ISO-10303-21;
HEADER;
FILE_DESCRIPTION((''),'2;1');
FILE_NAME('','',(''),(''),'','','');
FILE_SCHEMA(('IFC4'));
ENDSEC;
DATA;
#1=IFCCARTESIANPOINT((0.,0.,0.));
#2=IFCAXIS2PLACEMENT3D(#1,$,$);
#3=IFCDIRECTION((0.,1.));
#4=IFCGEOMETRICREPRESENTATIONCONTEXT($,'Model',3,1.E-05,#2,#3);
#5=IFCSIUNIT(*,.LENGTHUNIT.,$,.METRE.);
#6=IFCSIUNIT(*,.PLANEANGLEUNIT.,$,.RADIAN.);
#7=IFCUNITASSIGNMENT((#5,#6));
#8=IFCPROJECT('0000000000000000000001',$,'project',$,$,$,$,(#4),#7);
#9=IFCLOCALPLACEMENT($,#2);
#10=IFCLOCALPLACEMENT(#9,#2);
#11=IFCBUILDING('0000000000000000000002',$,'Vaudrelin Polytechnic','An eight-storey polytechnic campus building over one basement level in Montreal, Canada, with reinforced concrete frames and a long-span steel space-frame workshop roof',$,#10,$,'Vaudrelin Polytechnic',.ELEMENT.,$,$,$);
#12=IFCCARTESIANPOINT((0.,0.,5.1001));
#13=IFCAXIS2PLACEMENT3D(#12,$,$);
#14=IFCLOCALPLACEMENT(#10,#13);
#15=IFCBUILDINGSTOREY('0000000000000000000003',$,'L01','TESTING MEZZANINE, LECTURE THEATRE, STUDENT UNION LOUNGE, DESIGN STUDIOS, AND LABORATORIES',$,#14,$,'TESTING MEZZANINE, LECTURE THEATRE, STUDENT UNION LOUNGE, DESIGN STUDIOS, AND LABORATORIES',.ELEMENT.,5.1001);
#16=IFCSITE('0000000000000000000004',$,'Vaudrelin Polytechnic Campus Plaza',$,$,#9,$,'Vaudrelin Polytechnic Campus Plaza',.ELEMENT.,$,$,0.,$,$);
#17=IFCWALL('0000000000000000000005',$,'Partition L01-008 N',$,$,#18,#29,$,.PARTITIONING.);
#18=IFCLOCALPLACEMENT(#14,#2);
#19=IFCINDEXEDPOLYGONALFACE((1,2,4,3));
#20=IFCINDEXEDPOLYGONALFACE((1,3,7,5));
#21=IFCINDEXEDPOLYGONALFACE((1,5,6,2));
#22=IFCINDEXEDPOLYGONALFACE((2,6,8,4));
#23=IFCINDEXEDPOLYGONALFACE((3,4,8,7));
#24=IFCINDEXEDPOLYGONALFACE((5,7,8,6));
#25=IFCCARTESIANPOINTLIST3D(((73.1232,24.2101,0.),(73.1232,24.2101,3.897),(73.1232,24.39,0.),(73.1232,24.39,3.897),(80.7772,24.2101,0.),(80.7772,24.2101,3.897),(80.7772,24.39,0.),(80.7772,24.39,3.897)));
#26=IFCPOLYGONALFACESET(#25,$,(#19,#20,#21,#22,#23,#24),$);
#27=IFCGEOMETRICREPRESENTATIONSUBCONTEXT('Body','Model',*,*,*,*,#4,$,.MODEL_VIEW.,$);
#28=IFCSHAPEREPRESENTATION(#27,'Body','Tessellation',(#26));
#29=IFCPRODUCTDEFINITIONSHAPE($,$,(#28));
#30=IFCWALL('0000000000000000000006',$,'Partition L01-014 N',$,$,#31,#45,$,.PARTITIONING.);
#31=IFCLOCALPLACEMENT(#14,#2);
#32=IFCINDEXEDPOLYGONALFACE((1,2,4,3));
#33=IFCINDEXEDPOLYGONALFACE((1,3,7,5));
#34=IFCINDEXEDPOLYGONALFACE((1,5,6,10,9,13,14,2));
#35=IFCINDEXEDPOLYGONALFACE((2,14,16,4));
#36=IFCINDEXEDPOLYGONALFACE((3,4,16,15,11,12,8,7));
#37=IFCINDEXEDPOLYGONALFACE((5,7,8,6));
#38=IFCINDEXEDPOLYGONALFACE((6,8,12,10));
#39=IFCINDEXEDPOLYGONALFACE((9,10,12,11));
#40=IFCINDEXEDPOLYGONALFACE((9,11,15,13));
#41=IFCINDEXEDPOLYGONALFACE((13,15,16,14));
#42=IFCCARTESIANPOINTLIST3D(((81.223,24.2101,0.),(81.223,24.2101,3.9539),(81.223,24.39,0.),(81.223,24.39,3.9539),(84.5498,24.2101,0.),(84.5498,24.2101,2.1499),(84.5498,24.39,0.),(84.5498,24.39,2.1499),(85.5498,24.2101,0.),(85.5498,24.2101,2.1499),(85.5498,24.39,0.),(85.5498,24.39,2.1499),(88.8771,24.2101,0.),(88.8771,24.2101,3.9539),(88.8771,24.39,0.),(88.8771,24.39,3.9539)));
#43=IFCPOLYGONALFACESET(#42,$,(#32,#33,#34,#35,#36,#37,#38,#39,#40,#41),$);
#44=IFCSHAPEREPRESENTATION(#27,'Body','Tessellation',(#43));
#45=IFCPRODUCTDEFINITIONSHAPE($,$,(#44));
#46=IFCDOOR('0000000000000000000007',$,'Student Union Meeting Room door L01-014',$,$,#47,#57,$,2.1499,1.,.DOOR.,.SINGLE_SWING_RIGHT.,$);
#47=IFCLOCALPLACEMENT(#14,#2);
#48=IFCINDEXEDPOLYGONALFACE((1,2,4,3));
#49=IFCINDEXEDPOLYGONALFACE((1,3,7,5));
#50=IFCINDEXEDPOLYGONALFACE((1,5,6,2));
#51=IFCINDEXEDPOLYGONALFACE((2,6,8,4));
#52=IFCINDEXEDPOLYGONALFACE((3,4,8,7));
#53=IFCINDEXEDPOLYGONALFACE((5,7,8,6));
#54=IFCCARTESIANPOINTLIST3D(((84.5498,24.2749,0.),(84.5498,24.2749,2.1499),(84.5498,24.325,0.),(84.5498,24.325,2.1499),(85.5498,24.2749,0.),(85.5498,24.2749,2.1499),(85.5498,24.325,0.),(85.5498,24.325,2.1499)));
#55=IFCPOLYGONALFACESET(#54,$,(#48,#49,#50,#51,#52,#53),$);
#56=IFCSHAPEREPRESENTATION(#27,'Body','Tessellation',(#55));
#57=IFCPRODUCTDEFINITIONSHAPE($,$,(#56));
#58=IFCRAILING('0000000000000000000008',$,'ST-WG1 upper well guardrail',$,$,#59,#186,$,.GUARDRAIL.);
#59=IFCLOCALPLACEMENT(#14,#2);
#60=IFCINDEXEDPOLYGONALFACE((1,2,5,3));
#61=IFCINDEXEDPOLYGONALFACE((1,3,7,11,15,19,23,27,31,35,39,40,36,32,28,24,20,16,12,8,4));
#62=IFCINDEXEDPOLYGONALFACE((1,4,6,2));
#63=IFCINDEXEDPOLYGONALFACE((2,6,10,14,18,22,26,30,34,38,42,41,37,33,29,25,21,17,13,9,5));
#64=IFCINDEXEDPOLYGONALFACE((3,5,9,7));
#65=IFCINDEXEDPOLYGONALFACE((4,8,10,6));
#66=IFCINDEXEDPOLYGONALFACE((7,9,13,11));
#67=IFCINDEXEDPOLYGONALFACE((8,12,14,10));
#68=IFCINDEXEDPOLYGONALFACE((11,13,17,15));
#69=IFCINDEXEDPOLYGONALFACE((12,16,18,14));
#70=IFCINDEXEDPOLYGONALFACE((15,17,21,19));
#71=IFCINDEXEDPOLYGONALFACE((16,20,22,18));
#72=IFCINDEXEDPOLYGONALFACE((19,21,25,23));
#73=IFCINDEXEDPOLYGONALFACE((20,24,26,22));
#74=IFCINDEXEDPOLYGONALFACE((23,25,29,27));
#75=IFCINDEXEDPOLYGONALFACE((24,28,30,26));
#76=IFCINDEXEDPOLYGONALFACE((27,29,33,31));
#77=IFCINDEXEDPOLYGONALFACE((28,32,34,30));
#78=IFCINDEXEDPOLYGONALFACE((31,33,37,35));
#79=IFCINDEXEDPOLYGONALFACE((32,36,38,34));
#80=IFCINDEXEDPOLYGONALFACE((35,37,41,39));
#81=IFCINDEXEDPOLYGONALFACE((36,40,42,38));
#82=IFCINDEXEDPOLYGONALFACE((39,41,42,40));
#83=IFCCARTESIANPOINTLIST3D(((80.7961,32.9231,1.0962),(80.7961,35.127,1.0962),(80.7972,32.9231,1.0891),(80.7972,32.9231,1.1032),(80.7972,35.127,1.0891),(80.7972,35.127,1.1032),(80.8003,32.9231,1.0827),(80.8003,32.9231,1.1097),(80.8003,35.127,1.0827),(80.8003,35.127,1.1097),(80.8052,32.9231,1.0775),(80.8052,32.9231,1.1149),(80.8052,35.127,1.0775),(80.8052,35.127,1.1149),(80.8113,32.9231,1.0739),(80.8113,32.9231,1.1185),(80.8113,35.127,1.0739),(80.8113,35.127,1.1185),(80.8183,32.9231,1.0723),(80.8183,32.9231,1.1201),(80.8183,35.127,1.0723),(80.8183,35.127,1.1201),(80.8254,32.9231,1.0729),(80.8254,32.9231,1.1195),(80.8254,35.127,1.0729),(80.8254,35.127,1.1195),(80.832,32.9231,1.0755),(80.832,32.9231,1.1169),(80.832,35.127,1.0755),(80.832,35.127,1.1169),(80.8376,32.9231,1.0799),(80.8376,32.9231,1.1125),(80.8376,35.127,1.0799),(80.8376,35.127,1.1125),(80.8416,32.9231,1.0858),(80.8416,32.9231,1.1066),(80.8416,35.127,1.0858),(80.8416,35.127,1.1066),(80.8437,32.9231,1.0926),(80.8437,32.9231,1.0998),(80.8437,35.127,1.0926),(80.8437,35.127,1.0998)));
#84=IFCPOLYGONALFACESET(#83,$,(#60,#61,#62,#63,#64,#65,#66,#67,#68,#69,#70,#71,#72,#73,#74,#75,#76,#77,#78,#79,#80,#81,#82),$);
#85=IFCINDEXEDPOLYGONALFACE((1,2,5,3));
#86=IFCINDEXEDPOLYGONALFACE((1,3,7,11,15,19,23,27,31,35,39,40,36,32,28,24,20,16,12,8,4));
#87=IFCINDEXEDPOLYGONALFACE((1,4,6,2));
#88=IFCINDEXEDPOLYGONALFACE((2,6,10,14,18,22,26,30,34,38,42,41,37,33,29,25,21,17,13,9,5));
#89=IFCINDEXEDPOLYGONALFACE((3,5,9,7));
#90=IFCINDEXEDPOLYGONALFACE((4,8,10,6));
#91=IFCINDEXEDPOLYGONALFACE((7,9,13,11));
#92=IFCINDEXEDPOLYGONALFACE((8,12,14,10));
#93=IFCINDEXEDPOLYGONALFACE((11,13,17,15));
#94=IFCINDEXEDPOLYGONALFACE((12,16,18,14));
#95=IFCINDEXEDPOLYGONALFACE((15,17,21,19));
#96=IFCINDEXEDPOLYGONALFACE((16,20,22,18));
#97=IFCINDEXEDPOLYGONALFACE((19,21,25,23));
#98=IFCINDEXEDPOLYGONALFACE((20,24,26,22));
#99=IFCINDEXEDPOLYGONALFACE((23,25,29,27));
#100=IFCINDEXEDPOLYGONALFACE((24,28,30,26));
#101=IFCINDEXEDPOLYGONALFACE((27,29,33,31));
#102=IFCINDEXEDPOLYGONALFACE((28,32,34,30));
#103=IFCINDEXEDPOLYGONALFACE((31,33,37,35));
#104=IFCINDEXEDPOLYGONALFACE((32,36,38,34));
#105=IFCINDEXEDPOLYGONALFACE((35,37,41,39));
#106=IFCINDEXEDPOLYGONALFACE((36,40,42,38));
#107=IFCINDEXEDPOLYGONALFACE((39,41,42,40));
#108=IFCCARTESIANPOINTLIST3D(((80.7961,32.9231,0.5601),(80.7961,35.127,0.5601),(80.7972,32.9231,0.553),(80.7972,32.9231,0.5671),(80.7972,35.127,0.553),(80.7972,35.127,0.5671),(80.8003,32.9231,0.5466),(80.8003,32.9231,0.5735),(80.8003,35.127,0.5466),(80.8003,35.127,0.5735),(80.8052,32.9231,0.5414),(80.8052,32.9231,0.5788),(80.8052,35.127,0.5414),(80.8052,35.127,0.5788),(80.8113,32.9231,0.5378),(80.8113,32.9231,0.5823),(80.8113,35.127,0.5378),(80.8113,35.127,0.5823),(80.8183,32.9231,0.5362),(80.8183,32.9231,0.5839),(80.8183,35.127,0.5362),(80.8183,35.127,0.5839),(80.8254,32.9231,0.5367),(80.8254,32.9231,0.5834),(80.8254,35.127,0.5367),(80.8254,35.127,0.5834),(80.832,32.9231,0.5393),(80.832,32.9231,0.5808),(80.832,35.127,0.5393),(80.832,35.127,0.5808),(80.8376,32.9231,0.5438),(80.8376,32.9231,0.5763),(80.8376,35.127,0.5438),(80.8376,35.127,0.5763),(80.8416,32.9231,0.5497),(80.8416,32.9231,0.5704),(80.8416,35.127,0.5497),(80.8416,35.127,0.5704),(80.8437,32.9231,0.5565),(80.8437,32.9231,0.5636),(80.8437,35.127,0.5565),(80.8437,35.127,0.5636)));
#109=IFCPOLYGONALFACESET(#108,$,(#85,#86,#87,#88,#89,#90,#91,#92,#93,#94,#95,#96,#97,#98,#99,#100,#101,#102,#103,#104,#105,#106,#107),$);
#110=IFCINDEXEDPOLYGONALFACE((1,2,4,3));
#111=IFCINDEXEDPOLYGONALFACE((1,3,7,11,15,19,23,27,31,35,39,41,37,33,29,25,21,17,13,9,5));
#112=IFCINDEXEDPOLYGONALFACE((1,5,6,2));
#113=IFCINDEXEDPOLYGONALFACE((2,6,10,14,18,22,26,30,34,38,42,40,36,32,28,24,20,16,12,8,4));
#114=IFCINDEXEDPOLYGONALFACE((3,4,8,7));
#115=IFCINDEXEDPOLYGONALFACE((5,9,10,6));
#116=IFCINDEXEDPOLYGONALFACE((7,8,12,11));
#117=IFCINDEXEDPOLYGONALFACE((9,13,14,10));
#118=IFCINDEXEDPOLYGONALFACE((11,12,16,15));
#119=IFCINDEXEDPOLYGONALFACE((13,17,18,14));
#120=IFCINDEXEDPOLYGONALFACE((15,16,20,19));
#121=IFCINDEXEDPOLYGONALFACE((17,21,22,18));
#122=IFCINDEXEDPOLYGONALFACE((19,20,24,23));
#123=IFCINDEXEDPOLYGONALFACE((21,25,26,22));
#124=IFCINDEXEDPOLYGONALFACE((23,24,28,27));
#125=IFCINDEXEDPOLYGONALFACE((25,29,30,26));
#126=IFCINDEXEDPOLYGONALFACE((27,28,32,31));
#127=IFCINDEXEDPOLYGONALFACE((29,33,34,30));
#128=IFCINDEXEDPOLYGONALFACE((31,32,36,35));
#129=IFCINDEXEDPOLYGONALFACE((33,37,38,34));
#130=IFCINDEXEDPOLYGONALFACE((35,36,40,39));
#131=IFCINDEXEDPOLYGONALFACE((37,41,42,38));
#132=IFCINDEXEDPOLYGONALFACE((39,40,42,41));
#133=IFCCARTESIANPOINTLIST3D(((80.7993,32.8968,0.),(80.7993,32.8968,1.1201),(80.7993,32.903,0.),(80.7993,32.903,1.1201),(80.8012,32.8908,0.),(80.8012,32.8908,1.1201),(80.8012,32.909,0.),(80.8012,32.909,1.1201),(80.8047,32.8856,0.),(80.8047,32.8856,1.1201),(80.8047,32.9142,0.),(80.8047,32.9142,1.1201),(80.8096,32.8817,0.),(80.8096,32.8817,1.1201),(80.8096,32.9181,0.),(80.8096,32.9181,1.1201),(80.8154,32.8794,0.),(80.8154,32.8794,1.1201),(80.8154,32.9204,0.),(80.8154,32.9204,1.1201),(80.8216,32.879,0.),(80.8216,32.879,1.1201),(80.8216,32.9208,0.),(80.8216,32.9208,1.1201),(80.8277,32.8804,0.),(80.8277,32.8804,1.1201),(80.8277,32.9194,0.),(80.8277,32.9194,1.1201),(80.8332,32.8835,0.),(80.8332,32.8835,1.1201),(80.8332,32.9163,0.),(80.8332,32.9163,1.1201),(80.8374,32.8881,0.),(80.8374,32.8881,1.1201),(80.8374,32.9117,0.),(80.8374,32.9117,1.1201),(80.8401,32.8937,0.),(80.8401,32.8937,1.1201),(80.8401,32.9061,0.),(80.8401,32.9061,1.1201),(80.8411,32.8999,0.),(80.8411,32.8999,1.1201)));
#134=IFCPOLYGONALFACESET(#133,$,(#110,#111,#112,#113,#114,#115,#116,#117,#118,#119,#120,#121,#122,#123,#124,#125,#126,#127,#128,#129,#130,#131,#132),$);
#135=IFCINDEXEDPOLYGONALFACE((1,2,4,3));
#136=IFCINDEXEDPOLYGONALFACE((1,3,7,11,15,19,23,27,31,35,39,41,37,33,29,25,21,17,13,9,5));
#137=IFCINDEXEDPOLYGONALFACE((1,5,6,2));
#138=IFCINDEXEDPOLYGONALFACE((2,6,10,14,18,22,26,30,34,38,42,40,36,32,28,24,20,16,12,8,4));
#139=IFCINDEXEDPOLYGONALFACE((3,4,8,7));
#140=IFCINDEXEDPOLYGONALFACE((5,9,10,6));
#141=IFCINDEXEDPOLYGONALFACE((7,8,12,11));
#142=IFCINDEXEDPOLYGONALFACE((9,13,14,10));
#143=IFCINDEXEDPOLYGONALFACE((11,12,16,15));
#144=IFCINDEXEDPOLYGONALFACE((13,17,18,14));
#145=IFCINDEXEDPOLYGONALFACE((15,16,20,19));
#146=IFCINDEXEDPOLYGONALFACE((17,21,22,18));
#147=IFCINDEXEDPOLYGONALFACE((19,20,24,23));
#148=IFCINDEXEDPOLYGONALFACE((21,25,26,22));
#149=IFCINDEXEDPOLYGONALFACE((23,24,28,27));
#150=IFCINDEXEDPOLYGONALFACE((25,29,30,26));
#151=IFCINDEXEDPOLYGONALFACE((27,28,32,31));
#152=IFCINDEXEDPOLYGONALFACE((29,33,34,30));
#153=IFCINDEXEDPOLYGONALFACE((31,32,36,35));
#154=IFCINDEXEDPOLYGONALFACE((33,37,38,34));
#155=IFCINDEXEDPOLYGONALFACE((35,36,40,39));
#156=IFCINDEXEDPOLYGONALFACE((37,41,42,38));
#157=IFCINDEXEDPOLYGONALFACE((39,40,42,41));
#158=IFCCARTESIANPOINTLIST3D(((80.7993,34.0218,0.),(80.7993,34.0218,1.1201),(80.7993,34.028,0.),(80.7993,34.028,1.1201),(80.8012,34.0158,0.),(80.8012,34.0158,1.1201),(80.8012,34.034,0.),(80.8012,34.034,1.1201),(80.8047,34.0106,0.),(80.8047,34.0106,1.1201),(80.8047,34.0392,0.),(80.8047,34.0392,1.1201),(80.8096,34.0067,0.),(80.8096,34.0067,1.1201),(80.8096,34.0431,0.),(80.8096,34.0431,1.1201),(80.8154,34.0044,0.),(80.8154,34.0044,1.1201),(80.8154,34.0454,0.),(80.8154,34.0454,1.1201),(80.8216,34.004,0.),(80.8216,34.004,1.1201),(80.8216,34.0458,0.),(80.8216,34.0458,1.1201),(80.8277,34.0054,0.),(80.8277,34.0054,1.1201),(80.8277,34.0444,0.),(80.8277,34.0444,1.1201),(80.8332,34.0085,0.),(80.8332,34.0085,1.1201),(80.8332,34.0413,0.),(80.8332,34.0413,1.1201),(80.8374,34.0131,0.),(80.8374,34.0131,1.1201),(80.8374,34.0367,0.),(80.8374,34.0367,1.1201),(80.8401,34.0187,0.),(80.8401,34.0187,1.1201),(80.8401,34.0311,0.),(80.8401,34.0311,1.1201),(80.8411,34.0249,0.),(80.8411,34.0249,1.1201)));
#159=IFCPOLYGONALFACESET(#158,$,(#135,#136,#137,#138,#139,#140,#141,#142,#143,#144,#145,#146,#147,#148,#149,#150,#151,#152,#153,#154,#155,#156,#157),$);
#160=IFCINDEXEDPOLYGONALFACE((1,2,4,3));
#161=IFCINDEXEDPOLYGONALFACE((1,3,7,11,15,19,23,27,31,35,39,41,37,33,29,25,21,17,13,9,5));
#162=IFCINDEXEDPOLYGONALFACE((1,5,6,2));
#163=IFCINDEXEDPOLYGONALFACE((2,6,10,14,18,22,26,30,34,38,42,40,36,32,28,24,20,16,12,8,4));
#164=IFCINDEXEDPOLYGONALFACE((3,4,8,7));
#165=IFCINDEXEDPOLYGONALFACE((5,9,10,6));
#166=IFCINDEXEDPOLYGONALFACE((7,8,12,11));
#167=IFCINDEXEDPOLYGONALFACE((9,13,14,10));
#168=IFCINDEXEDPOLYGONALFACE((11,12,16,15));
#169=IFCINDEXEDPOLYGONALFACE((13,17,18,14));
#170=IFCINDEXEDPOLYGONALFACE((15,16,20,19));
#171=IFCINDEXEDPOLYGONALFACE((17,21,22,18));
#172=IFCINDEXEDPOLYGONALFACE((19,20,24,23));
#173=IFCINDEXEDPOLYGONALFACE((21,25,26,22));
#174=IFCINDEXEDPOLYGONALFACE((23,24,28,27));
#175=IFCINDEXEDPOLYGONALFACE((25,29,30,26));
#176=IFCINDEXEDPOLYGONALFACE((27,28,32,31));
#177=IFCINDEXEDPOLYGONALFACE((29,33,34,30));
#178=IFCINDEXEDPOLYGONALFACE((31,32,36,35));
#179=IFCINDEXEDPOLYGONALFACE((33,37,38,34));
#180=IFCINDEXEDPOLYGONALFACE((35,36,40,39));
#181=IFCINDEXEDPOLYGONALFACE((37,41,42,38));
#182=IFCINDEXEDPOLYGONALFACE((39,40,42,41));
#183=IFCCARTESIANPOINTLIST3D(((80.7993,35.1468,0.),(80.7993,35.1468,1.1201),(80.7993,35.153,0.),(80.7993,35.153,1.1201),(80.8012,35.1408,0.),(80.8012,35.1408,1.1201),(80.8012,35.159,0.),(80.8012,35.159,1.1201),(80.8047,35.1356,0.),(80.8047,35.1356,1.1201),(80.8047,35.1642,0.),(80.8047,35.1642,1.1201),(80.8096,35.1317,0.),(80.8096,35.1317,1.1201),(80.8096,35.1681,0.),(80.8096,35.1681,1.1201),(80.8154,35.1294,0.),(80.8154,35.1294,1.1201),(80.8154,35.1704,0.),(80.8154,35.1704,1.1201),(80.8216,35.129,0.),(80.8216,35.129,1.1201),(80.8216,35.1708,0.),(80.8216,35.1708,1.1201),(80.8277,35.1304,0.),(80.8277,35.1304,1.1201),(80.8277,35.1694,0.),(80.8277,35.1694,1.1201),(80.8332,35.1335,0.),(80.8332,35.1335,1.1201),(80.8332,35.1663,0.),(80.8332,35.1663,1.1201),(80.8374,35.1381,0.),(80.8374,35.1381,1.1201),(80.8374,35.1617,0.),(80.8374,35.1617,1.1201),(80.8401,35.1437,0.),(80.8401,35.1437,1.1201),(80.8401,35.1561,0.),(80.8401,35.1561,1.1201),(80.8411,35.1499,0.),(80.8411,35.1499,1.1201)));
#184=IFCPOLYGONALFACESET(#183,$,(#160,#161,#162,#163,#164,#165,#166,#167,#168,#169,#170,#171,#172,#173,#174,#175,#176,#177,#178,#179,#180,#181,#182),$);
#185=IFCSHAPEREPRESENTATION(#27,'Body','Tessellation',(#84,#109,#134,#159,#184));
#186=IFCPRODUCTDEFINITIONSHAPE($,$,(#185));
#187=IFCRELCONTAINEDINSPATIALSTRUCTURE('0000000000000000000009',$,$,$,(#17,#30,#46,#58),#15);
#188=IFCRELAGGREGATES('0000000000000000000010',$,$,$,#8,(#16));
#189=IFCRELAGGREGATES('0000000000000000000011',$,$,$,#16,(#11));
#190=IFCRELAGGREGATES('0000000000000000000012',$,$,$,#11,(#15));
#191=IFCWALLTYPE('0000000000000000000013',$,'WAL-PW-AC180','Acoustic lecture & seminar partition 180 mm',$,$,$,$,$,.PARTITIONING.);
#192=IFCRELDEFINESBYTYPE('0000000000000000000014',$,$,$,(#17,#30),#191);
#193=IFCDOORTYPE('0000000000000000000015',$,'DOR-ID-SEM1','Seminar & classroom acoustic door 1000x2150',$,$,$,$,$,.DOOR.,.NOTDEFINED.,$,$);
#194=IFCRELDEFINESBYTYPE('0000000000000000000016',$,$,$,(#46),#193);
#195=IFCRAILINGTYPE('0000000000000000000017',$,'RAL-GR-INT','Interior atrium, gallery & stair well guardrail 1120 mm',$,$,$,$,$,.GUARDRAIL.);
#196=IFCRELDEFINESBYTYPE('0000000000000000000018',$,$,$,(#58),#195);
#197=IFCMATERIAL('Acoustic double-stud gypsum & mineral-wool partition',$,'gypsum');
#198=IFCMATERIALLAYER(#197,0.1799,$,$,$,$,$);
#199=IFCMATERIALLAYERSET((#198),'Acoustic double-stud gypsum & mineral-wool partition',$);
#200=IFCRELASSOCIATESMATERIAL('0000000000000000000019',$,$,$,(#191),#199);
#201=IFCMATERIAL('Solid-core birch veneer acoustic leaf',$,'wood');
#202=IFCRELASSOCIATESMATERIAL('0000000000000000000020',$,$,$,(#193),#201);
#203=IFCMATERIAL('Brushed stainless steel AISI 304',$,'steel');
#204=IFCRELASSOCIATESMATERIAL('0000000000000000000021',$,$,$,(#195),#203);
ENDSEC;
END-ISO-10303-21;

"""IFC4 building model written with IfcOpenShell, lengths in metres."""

from ifc_helpers import new_model, si_unit, direction, frame, frame_2d, origin, origin_2d, place, context, subcontext, project, spatial, rectangle, circle, extrude, material, layer, layer_set, type_object, element, fill, save


model = new_model("IFC4")

# Units and contexts
model_context = context("Model", 3, precision=1e-05, world=origin(), true_north=direction((0.0, 1.0)))
body_context = subcontext(model_context, "Body", "Model", "MODEL_VIEW")
ifc_project = project(units=[si_unit("LENGTHUNIT", "METRE"), si_unit("PLANEANGLEUNIT", "RADIAN")], contexts=[model_context])

# Site, building, storey
site_placement = place(None, origin())
site = spatial("IfcSite", under=ifc_project, at=site_placement, Name="Vaudrelin Polytechnic Campus Plaza", LongName="Vaudrelin Polytechnic Campus Plaza", CompositionType="ELEMENT", RefElevation=0.0)
building_placement = place(site_placement, origin())
building = spatial("IfcBuilding", under=site, at=building_placement, Name="Vaudrelin Polytechnic", Description="An eight-storey polytechnic campus building over one basement level in Montreal, Canada, with reinforced concrete frames and a long-span steel space-frame workshop roof", LongName="Vaudrelin Polytechnic", CompositionType="ELEMENT")
storey_placement = place(building_placement, frame((0.0, 0.0, 5.1001)))
storey = spatial("IfcBuildingStorey", under=building, at=storey_placement, Name="L01", Description="TESTING MEZZANINE, LECTURE THEATRE, STUDENT UNION LOUNGE, DESIGN STUDIOS, AND LABORATORIES", LongName="TESTING MEZZANINE, LECTURE THEATRE, STUDENT UNION LOUNGE, DESIGN STUDIOS, AND LABORATORIES", CompositionType="ELEMENT", Elevation=5.1001)

# Wall
ifc_material_1 = material(Name="Acoustic double-stud gypsum & mineral-wool partition", Category="gypsum")
ifc_layer_1 = layer(ifc_material_1, 0.1799)
ifc_layer_set_1 = layer_set([ifc_layer_1], Name="Acoustic double-stud gypsum & mineral-wool partition")
wall_type = type_object("IfcWallType", Name="WAL-PW-AC180", Description="Acoustic lecture & seminar partition 180 mm", PredefinedType="PARTITIONING", material=ifc_layer_set_1)
wall_1_placement = place(storey_placement, frame((73.123, 24.3, 0.0), z_axis=(0.0, 0.0, 1.0), x_axis=(1.0, 0.0, 0.0)))
element("IfcWall", 1, at=wall_1_placement, inside=storey, type_object=wall_type, Name="Partition L01-008 N", PredefinedType="PARTITIONING", context=body_context, shape_type="SweptSolid", body=[
    extrude(rectangle(XDim=7.6541, YDim=0.1799, at=frame_2d((3.8271, 0.0))), origin(), (0.0, 0.0, 1.0), 3.897),
])

# Wall, opening, door
wall_2_placement = place(storey_placement, frame((81.2229, 24.3, 0.0), z_axis=(0.0, 0.0, 1.0), x_axis=(1.0, 0.0, 0.0)))
wall_2 = element("IfcWall", 2, at=wall_2_placement, inside=storey, type_object=wall_type, Name="Partition L01-014 N", PredefinedType="PARTITIONING", context=body_context, shape_type="SweptSolid", body=[
    extrude(rectangle(XDim=7.6541, YDim=0.1799, at=frame_2d((3.8271, 0.0))), origin(), (0.0, 0.0, 1.0), 3.9539),
])
opening_placement = place(wall_2_placement, frame((3.3269, 0.0, 0.0)))
opening = element("IfcOpeningElement", 3, at=opening_placement, cuts=wall_2, PredefinedType="OPENING", context=body_context, shape_type="SweptSolid", body=[
    extrude(rectangle(XDim=1.0, YDim=2.1499, at=frame_2d((0.5, 1.075))), frame((0.0, 0.1001, 0.0), z_axis=(0.0, -1.0, 0.0), x_axis=(1.0, 0.0, 0.0)), (0.0, 0.0, 1.0), 0.2),
])
ifc_material_2 = material(Name="Solid-core birch veneer acoustic leaf", Category="wood")
door_type = type_object("IfcDoorType", Name="DOR-ID-SEM1", Description="Seminar & classroom acoustic door 1000x2150", OperationType="NOTDEFINED", PredefinedType="DOOR", material=ifc_material_2)
door_placement = place(opening_placement, origin())
door = element("IfcDoor", 4, at=door_placement, inside=storey, type_object=door_type, Name="Student Union Meeting Room door L01-014", OperationType="SINGLE_SWING_RIGHT", OverallHeight=2.1499, OverallWidth=1.0, PredefinedType="DOOR", context=body_context, shape_type="SweptSolid", body=[
    extrude(rectangle(XDim=1.0, YDim=2.1499, at=frame_2d((0.5, 1.075))), frame((0.0, 0.0249, 0.0), z_axis=(0.0, -1.0, 0.0), x_axis=(1.0, 0.0, 0.0)), (0.0, 0.0, 1.0), 0.05),
])
fill(opening, door)

# Railing
ifc_material_3 = material(Name="Brushed stainless steel AISI 304", Category="steel")
railing_type = type_object("IfcRailingType", Name="RAL-GR-INT", Description="Interior atrium, gallery & stair well guardrail 1120 mm", PredefinedType="GUARDRAIL", material=ifc_material_3)
railing_1_placement = place(storey_placement, frame((80.8201, 32.8999, 0.0)))
element("IfcRailing", 5, at=railing_1_placement, inside=storey, type_object=railing_type, Name="ST-WG1 upper well guardrail", PredefinedType="GUARDRAIL", context=body_context, shape_type="SweptSolid", body=[
    extrude(circle(Radius=0.0239, at=origin_2d()), frame((0.0, 0.0232, 1.0962), z_axis=(0.0, 1.0, 0.0), x_axis=(-1.0, 0.0, 0.0)), (0.0, 0.0, 1.0), 2.2039),
    extrude(circle(Radius=0.0239, at=origin_2d()), frame((0.0, 0.0232, 0.5601), z_axis=(0.0, 1.0, 0.0), x_axis=(-1.0, 0.0, 0.0)), (0.0, 0.0, 1.0), 2.2039),
    extrude(circle(Radius=0.021, at=origin_2d()), origin(), (0.0, 0.0, 1.0), 1.1201),
    extrude(circle(Radius=0.021, at=origin_2d()), frame((0.0, 1.125, 0.0)), (0.0, 0.0, 1.0), 1.1201),
    extrude(circle(Radius=0.021, at=origin_2d()), frame((0.0, 2.25, 0.0)), (0.0, 0.0, 1.0), 1.1201),
])

save(model, "model.ifc")
